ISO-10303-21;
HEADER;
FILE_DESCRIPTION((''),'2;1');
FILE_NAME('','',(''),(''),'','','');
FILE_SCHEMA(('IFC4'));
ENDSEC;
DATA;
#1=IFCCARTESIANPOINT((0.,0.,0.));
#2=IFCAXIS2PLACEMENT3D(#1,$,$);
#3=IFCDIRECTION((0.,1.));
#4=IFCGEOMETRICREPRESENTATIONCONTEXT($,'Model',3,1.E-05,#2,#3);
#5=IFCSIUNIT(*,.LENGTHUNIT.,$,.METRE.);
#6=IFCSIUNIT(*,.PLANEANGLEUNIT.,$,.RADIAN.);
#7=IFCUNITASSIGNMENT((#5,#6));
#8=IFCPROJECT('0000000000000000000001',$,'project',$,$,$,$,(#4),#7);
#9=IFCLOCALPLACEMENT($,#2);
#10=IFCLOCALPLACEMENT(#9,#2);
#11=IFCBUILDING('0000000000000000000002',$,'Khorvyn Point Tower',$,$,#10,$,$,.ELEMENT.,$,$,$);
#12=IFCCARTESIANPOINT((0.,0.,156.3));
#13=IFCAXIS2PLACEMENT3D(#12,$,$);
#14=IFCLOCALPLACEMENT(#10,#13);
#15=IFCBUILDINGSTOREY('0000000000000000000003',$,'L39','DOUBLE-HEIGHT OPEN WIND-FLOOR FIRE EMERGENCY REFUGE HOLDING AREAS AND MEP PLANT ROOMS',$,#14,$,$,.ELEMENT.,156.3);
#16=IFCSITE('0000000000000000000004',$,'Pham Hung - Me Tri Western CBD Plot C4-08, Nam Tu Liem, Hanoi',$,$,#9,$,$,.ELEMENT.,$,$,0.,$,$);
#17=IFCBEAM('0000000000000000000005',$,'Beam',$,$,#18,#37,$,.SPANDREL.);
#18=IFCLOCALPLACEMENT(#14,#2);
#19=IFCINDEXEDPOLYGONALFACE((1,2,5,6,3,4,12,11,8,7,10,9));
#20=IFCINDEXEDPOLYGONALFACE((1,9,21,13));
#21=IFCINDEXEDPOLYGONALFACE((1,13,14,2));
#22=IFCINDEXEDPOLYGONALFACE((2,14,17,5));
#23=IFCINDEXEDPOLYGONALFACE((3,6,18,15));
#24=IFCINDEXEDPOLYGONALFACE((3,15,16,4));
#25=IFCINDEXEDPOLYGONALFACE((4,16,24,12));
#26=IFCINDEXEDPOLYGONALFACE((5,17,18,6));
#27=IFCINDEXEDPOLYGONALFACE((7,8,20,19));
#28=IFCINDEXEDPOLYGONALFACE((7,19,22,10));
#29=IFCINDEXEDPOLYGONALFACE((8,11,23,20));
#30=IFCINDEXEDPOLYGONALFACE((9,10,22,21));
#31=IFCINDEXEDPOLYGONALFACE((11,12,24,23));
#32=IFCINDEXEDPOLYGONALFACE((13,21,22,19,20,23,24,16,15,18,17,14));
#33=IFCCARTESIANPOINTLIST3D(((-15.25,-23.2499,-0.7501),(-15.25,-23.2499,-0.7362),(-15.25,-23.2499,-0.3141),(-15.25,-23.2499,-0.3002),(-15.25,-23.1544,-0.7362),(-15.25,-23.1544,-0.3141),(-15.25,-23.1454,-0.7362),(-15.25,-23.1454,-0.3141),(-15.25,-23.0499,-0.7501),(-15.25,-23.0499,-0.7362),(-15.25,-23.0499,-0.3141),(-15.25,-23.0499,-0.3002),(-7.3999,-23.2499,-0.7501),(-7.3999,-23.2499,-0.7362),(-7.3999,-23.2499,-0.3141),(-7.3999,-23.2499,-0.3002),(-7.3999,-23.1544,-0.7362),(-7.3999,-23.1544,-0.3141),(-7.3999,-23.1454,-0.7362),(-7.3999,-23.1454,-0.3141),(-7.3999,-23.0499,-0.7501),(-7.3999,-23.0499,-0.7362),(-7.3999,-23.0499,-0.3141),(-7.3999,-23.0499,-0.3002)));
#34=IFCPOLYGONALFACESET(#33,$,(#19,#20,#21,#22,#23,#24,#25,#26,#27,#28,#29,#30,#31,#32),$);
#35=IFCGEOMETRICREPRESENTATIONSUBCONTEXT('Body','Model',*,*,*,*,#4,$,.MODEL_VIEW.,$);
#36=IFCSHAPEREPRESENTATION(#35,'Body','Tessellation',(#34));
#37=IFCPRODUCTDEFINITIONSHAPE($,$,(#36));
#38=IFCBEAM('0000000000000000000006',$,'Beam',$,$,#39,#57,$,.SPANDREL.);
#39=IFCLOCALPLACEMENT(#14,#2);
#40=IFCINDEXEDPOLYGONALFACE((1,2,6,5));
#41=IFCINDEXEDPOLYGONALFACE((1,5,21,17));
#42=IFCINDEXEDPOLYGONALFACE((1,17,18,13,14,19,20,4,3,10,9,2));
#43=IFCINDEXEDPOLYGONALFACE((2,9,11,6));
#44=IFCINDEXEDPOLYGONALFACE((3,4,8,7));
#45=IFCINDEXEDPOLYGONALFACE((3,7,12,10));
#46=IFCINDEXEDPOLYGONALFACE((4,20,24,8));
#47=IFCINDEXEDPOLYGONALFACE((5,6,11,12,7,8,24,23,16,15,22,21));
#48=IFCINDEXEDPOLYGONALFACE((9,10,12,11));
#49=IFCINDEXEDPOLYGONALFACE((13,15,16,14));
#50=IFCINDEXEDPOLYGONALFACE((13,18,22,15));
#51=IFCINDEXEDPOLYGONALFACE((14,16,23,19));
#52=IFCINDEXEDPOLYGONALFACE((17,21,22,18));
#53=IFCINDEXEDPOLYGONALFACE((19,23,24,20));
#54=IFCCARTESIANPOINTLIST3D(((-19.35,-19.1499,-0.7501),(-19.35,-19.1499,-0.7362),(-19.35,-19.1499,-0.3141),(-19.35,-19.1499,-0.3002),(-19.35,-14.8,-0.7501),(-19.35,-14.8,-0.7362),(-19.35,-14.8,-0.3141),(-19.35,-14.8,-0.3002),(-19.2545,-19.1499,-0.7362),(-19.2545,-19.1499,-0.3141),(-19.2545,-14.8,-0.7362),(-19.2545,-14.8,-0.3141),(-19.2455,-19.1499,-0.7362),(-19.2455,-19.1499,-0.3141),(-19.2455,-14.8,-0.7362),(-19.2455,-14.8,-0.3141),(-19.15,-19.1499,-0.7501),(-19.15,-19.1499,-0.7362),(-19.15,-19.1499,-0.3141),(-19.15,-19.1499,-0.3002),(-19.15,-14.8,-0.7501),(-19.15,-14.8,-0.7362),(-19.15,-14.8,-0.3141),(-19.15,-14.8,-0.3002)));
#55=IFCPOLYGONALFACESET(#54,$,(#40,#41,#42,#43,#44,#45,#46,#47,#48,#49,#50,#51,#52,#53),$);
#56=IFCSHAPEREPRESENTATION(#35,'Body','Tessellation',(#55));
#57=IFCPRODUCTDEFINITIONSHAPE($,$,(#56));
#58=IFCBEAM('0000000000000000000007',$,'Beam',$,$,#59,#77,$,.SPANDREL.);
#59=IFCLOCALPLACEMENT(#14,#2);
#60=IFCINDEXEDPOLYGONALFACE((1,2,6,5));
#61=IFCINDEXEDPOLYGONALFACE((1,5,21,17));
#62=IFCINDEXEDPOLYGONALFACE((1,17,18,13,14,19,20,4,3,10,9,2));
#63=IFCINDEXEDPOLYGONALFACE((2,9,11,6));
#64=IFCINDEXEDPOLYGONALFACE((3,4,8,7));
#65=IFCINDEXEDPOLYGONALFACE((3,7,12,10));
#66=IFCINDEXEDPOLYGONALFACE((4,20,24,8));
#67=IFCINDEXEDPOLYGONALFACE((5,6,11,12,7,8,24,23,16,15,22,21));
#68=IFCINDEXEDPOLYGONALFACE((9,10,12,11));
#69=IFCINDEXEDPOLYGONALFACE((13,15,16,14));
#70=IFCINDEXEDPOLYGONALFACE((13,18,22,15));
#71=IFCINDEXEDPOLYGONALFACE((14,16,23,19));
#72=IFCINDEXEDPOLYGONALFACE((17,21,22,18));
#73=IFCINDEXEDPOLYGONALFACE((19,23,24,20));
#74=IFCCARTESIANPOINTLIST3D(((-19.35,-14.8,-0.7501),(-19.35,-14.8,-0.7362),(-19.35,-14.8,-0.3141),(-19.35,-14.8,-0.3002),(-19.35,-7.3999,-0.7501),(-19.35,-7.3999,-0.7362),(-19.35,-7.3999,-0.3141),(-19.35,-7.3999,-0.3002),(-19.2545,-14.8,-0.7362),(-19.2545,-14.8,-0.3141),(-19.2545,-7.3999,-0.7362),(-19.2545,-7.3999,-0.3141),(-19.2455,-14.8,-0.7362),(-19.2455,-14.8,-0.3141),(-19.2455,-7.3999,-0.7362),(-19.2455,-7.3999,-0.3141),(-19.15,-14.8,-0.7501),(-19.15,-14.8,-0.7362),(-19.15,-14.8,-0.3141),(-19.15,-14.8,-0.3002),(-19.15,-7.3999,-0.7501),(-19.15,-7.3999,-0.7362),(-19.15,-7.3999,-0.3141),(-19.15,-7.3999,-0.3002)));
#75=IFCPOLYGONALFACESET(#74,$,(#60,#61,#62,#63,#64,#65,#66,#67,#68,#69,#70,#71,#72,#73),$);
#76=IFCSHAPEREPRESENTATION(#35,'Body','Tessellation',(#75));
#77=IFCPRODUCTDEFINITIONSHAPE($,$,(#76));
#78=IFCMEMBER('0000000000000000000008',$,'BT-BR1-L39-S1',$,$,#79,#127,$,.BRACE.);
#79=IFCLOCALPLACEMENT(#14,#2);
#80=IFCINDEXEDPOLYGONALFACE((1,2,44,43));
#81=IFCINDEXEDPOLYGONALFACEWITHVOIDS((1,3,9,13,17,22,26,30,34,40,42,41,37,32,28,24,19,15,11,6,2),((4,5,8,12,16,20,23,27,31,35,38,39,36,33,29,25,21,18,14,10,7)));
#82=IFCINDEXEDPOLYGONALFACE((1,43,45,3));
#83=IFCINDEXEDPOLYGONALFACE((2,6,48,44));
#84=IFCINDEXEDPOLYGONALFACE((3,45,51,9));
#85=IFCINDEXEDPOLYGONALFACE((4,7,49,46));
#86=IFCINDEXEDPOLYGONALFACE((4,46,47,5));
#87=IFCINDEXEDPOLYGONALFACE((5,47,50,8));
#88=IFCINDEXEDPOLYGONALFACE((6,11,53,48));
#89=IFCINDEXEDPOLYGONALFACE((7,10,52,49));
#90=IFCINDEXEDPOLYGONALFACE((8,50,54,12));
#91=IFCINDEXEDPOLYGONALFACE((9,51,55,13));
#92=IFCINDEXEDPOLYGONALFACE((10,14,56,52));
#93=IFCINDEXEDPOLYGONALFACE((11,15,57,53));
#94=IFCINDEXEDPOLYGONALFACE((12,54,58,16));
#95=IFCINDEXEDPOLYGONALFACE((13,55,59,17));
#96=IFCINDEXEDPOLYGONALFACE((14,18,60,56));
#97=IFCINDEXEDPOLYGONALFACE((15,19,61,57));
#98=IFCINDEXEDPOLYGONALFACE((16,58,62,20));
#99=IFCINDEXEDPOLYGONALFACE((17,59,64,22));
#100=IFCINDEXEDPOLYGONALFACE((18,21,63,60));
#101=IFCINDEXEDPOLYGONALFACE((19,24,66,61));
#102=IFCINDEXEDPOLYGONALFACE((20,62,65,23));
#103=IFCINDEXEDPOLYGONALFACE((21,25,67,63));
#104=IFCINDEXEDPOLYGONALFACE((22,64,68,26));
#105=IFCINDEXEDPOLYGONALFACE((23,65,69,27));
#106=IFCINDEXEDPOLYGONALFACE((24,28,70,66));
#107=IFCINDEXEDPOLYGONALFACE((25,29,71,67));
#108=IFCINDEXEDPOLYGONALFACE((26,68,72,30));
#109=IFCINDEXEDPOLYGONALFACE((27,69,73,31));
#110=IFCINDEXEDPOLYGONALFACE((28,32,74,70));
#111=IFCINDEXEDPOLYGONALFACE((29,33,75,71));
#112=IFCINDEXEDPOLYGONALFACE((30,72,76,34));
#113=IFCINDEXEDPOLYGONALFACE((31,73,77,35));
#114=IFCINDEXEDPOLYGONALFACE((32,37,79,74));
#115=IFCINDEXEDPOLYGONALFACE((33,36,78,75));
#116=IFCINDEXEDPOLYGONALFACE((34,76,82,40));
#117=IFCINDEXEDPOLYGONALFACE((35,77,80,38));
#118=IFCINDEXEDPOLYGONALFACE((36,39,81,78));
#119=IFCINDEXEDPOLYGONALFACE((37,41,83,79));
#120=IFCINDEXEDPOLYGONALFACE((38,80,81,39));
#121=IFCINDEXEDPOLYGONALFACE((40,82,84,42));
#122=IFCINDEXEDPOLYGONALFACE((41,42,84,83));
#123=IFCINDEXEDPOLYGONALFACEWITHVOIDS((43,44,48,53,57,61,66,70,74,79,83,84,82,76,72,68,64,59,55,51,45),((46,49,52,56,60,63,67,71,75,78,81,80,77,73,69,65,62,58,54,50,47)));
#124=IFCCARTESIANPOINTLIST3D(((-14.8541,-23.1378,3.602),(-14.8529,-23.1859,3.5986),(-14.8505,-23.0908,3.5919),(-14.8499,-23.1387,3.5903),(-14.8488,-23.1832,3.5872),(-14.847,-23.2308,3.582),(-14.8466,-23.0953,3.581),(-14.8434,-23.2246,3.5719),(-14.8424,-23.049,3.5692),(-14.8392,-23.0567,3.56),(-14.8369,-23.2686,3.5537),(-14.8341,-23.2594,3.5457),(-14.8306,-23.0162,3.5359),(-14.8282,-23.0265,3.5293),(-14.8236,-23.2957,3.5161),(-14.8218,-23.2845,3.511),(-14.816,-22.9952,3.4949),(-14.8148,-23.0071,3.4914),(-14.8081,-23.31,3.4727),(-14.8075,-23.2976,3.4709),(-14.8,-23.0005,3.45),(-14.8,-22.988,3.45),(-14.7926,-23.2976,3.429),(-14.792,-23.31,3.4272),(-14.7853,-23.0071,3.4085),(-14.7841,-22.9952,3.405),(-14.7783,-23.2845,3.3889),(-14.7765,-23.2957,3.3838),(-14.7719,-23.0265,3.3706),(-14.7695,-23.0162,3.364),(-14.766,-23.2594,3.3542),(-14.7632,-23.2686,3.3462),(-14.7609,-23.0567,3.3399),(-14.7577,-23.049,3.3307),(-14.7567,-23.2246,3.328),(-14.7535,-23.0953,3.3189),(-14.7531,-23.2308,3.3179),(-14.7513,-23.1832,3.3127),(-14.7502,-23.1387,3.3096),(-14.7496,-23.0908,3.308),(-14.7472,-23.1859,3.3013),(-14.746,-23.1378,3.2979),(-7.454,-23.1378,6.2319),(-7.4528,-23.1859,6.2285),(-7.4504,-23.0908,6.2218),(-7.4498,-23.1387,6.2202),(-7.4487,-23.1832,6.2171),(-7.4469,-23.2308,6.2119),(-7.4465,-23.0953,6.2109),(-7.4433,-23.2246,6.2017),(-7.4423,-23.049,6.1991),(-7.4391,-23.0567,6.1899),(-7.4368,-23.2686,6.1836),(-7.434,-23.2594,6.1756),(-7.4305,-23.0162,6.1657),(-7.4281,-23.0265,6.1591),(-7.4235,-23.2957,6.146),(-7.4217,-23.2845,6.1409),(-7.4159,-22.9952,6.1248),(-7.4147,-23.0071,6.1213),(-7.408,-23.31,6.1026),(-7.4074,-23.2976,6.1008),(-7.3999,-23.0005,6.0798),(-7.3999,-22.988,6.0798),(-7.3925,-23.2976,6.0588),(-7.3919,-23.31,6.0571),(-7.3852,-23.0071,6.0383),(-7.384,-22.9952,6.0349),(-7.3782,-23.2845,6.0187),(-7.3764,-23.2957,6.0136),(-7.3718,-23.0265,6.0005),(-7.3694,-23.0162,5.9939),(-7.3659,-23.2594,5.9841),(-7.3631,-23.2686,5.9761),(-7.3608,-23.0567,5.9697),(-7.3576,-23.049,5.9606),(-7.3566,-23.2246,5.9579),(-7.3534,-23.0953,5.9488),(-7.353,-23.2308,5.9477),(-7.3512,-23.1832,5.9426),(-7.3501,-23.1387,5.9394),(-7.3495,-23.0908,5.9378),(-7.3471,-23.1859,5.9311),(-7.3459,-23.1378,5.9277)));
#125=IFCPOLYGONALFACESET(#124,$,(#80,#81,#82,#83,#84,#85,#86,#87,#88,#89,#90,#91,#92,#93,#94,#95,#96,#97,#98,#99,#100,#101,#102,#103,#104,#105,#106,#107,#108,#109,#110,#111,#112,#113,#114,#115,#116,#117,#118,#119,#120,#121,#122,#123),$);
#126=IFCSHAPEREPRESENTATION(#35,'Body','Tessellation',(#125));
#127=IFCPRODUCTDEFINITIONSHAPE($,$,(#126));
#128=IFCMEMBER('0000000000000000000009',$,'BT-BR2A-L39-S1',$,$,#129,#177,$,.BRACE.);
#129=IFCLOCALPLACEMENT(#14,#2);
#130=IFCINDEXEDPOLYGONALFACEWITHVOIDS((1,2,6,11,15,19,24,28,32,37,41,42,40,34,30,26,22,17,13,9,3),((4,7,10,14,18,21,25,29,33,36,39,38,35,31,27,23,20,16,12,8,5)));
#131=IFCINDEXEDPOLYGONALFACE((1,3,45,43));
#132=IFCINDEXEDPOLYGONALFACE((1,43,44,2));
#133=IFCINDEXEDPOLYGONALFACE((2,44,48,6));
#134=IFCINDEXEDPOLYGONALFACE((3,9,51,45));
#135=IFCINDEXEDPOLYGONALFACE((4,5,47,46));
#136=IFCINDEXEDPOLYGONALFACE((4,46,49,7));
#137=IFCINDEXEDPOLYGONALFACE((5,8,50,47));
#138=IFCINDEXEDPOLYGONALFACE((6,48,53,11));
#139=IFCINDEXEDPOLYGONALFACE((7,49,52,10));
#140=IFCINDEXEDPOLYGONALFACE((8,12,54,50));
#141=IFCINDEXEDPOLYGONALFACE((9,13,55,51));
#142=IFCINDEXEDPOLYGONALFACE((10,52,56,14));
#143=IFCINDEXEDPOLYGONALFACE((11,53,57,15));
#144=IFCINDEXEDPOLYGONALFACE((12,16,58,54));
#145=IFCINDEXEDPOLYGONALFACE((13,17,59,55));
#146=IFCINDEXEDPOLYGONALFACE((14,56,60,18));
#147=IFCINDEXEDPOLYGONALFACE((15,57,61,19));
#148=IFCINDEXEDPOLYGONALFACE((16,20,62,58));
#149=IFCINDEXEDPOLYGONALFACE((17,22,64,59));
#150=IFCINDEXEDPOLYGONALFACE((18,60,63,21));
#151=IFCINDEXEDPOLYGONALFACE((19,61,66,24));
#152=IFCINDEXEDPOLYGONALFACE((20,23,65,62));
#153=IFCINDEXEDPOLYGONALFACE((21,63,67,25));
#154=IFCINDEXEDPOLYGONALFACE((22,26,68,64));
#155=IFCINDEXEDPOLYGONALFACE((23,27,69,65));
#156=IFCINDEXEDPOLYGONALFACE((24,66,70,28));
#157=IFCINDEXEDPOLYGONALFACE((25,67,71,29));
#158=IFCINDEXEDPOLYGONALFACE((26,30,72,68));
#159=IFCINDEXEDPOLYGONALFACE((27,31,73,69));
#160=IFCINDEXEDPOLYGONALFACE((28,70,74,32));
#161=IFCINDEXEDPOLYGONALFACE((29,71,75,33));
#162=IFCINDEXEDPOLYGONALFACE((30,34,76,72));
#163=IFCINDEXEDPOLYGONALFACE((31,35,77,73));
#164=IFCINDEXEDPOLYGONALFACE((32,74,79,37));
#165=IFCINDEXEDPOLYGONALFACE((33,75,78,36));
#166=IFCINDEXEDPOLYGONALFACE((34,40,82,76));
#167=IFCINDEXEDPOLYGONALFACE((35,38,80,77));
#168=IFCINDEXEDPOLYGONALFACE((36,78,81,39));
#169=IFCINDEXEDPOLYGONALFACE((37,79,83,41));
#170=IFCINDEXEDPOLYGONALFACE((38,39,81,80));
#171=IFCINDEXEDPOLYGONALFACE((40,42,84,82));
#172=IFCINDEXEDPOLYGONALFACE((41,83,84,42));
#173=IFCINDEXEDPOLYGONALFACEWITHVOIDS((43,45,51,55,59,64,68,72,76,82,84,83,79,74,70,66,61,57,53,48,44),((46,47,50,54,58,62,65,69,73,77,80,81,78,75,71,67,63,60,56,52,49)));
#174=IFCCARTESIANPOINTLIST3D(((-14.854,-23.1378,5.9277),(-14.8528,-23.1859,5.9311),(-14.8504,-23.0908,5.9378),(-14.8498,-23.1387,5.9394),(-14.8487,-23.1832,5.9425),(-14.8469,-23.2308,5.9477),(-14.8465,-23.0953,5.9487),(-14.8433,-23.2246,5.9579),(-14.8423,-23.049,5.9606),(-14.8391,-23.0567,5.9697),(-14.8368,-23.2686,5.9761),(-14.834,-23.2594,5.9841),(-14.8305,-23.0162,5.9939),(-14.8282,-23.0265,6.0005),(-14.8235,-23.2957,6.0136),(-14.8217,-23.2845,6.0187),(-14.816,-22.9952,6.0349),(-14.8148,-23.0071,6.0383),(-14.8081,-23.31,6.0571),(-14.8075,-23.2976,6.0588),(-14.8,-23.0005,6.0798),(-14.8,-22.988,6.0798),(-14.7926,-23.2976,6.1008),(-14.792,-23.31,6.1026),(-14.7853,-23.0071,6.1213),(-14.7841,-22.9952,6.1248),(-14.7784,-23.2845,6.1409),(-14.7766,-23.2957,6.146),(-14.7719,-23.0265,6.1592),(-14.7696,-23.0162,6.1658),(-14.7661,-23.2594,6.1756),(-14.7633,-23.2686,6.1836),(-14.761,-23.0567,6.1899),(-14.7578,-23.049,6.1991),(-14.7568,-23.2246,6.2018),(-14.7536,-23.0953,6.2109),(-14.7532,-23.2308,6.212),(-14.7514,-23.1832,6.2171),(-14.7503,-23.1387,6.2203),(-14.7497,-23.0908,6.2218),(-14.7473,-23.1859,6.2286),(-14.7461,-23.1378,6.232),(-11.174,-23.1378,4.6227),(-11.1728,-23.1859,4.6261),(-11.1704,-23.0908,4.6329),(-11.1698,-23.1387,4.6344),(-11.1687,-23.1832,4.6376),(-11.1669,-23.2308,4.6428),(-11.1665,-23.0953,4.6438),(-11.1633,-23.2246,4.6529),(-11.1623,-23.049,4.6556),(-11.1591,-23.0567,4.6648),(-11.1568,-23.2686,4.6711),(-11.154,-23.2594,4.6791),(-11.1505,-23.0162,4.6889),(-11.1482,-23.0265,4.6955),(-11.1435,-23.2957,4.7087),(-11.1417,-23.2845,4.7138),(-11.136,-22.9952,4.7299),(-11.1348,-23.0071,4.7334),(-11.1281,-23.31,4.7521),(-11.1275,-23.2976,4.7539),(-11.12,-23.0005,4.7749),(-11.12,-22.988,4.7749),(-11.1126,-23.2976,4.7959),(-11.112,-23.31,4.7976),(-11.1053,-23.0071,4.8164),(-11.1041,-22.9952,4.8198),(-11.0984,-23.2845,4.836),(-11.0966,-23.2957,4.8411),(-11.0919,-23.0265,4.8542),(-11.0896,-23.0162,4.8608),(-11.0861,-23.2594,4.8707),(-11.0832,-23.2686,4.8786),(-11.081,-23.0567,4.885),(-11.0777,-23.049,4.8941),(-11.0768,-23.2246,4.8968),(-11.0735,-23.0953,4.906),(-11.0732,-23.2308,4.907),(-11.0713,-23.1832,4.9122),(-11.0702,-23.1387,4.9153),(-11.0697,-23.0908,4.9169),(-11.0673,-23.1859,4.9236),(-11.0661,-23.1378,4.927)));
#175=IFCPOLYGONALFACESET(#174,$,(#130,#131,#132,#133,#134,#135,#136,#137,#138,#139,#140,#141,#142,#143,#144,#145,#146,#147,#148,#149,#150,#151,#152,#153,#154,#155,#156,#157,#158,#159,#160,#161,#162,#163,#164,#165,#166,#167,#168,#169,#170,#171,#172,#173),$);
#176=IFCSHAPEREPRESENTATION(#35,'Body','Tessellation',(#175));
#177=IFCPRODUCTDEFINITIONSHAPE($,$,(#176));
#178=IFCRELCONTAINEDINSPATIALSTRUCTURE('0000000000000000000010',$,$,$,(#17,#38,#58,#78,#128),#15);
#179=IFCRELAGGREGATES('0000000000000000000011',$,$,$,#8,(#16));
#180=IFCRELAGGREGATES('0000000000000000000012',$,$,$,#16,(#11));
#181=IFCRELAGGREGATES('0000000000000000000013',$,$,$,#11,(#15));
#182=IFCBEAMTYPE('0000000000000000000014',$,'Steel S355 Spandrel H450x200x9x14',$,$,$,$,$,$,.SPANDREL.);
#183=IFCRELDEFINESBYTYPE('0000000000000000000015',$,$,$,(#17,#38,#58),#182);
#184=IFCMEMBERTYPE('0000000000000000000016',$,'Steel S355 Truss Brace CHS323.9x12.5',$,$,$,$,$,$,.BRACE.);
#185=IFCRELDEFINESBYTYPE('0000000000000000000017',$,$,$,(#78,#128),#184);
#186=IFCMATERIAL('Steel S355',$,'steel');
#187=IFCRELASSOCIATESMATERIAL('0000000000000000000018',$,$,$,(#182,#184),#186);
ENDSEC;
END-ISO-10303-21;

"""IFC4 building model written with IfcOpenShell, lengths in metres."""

from ifc_helpers import new_model, si_unit, direction, frame, origin, origin_2d, place, context, subcontext, project, spatial, hollow_circle, i_section, extrude, material, material_profile, profile_set, type_object, element, save


model = new_model("IFC4")

# Units and contexts
model_context = context("Model", 3, precision=1e-05, world=origin(), true_north=direction((0.0, 1.0)))
body_context = subcontext(model_context, "Body", "Model", "MODEL_VIEW")
ifc_project = project(units=[si_unit("LENGTHUNIT", "METRE"), si_unit("PLANEANGLEUNIT", "RADIAN")], contexts=[model_context])

# Site, building, storey
site_placement = place(None, origin())
site = spatial("IfcSite", under=ifc_project, at=site_placement, Name="Pham Hung - Me Tri Western CBD Plot C4-08, Nam Tu Liem, Hanoi", CompositionType="ELEMENT", RefElevation=0.0)
building_placement = place(site_placement, origin())
building = spatial("IfcBuilding", under=site, at=building_placement, Name="Khorvyn Point Tower", CompositionType="ELEMENT")
storey_placement = place(building_placement, frame((0.0, 0.0, 156.3)))
storey = spatial("IfcBuildingStorey", under=building, at=storey_placement, Name="L39", Description="DOUBLE-HEIGHT OPEN WIND-FLOOR FIRE EMERGENCY REFUGE HOLDING AREAS AND MEP PLANT ROOMS", CompositionType="ELEMENT", Elevation=156.3)

# Beams
ifc_material_1 = material(Name="Steel S355", Category="steel")
ifc_material_profile_1 = material_profile(ifc_material_1, i_section(OverallWidth=0.2, OverallDepth=0.45, WebThickness=0.009, FlangeThickness=0.0139, at=origin_2d()))
ifc_profile_set_1 = profile_set([ifc_material_profile_1], Name="Steel S355 H450x200x9x14")
beam_type_1 = type_object("IfcBeamType", Name="Steel S355 Spandrel H450x200x9x14", PredefinedType="SPANDREL", material=ifc_profile_set_1)
beam_1_placement = place(storey_placement, frame((-15.25, -23.1499, -0.5251), z_axis=(1.0, 0.0, 0.0), x_axis=(0.0, 1.0, 0.0)))
element("IfcBeam", 1, at=beam_1_placement, inside=storey, type_object=beam_type_1, Name="Beam", PredefinedType="SPANDREL", context=body_context, shape_type="SweptSolid", body=[
    extrude(i_section(OverallWidth=0.2, OverallDepth=0.45, WebThickness=0.009, FlangeThickness=0.0139, at=origin_2d()), origin(), (0.0, 0.0, 1.0), 7.8501),
])
beam_2_placement = place(storey_placement, frame((-19.25, -19.1499, -0.5251), z_axis=(0.0, 1.0, 0.0), x_axis=(-1.0, 0.0, 0.0)))
element("IfcBeam", 2, at=beam_2_placement, inside=storey, type_object=beam_type_1, Name="Beam", PredefinedType="SPANDREL", context=body_context, shape_type="SweptSolid", body=[
    extrude(i_section(OverallWidth=0.2, OverallDepth=0.45, WebThickness=0.009, FlangeThickness=0.0139, at=origin_2d()), origin(), (0.0, 0.0, 1.0), 4.3499),
])
beam_3_placement = place(storey_placement, frame((-19.25, -14.8, -0.5251), z_axis=(0.0, 1.0, 0.0), x_axis=(-1.0, 0.0, 0.0)))
element("IfcBeam", 3, at=beam_3_placement, inside=storey, type_object=beam_type_1, Name="Beam", PredefinedType="SPANDREL", context=body_context, shape_type="SweptSolid", body=[
    extrude(i_section(OverallWidth=0.2, OverallDepth=0.45, WebThickness=0.009, FlangeThickness=0.0139, at=origin_2d()), origin(), (0.0, 0.0, 1.0), 7.4001),
])

# Members
ifc_material_profile_2 = material_profile(ifc_material_1, hollow_circle(Radius=0.1619, WallThickness=0.0125, at=origin_2d()))
ifc_profile_set_2 = profile_set([ifc_material_profile_2], Name="Steel S355 CHS323.9x12.5")
member_type_1 = type_object("IfcMemberType", Name="Steel S355 Truss Brace CHS323.9x12.5", PredefinedType="BRACE", material=ifc_profile_set_2)
member_1_placement = place(storey_placement, frame((-14.8, -23.1499, 3.45), z_axis=(0.942266, 0.0, 0.334865), x_axis=(0.0, 1.0, 0.0)))
element("IfcMember", 4, at=member_1_placement, inside=storey, type_object=member_type_1, Name="BT-BR1-L39-S1", PredefinedType="BRACE", context=body_context, shape_type="SweptSolid", body=[
    extrude(hollow_circle(Radius=0.1619, WallThickness=0.0125, at=origin_2d()), origin(), (0.0, 0.0, 1.0), 7.8535),
])
member_2_placement = place(storey_placement, frame((-14.8, -23.1499, 6.0798), z_axis=(0.942496, 0.0, -0.334216), x_axis=(0.0, 1.0, 0.0)))
element("IfcMember", 5, at=member_2_placement, inside=storey, type_object=member_type_1, Name="BT-BR2A-L39-S1", PredefinedType="BRACE", context=body_context, shape_type="SweptSolid", body=[
    extrude(hollow_circle(Radius=0.1619, WallThickness=0.0125, at=origin_2d()), origin(), (0.0, 0.0, 1.0), 3.9045),
])

save(model, "model.ifc")
